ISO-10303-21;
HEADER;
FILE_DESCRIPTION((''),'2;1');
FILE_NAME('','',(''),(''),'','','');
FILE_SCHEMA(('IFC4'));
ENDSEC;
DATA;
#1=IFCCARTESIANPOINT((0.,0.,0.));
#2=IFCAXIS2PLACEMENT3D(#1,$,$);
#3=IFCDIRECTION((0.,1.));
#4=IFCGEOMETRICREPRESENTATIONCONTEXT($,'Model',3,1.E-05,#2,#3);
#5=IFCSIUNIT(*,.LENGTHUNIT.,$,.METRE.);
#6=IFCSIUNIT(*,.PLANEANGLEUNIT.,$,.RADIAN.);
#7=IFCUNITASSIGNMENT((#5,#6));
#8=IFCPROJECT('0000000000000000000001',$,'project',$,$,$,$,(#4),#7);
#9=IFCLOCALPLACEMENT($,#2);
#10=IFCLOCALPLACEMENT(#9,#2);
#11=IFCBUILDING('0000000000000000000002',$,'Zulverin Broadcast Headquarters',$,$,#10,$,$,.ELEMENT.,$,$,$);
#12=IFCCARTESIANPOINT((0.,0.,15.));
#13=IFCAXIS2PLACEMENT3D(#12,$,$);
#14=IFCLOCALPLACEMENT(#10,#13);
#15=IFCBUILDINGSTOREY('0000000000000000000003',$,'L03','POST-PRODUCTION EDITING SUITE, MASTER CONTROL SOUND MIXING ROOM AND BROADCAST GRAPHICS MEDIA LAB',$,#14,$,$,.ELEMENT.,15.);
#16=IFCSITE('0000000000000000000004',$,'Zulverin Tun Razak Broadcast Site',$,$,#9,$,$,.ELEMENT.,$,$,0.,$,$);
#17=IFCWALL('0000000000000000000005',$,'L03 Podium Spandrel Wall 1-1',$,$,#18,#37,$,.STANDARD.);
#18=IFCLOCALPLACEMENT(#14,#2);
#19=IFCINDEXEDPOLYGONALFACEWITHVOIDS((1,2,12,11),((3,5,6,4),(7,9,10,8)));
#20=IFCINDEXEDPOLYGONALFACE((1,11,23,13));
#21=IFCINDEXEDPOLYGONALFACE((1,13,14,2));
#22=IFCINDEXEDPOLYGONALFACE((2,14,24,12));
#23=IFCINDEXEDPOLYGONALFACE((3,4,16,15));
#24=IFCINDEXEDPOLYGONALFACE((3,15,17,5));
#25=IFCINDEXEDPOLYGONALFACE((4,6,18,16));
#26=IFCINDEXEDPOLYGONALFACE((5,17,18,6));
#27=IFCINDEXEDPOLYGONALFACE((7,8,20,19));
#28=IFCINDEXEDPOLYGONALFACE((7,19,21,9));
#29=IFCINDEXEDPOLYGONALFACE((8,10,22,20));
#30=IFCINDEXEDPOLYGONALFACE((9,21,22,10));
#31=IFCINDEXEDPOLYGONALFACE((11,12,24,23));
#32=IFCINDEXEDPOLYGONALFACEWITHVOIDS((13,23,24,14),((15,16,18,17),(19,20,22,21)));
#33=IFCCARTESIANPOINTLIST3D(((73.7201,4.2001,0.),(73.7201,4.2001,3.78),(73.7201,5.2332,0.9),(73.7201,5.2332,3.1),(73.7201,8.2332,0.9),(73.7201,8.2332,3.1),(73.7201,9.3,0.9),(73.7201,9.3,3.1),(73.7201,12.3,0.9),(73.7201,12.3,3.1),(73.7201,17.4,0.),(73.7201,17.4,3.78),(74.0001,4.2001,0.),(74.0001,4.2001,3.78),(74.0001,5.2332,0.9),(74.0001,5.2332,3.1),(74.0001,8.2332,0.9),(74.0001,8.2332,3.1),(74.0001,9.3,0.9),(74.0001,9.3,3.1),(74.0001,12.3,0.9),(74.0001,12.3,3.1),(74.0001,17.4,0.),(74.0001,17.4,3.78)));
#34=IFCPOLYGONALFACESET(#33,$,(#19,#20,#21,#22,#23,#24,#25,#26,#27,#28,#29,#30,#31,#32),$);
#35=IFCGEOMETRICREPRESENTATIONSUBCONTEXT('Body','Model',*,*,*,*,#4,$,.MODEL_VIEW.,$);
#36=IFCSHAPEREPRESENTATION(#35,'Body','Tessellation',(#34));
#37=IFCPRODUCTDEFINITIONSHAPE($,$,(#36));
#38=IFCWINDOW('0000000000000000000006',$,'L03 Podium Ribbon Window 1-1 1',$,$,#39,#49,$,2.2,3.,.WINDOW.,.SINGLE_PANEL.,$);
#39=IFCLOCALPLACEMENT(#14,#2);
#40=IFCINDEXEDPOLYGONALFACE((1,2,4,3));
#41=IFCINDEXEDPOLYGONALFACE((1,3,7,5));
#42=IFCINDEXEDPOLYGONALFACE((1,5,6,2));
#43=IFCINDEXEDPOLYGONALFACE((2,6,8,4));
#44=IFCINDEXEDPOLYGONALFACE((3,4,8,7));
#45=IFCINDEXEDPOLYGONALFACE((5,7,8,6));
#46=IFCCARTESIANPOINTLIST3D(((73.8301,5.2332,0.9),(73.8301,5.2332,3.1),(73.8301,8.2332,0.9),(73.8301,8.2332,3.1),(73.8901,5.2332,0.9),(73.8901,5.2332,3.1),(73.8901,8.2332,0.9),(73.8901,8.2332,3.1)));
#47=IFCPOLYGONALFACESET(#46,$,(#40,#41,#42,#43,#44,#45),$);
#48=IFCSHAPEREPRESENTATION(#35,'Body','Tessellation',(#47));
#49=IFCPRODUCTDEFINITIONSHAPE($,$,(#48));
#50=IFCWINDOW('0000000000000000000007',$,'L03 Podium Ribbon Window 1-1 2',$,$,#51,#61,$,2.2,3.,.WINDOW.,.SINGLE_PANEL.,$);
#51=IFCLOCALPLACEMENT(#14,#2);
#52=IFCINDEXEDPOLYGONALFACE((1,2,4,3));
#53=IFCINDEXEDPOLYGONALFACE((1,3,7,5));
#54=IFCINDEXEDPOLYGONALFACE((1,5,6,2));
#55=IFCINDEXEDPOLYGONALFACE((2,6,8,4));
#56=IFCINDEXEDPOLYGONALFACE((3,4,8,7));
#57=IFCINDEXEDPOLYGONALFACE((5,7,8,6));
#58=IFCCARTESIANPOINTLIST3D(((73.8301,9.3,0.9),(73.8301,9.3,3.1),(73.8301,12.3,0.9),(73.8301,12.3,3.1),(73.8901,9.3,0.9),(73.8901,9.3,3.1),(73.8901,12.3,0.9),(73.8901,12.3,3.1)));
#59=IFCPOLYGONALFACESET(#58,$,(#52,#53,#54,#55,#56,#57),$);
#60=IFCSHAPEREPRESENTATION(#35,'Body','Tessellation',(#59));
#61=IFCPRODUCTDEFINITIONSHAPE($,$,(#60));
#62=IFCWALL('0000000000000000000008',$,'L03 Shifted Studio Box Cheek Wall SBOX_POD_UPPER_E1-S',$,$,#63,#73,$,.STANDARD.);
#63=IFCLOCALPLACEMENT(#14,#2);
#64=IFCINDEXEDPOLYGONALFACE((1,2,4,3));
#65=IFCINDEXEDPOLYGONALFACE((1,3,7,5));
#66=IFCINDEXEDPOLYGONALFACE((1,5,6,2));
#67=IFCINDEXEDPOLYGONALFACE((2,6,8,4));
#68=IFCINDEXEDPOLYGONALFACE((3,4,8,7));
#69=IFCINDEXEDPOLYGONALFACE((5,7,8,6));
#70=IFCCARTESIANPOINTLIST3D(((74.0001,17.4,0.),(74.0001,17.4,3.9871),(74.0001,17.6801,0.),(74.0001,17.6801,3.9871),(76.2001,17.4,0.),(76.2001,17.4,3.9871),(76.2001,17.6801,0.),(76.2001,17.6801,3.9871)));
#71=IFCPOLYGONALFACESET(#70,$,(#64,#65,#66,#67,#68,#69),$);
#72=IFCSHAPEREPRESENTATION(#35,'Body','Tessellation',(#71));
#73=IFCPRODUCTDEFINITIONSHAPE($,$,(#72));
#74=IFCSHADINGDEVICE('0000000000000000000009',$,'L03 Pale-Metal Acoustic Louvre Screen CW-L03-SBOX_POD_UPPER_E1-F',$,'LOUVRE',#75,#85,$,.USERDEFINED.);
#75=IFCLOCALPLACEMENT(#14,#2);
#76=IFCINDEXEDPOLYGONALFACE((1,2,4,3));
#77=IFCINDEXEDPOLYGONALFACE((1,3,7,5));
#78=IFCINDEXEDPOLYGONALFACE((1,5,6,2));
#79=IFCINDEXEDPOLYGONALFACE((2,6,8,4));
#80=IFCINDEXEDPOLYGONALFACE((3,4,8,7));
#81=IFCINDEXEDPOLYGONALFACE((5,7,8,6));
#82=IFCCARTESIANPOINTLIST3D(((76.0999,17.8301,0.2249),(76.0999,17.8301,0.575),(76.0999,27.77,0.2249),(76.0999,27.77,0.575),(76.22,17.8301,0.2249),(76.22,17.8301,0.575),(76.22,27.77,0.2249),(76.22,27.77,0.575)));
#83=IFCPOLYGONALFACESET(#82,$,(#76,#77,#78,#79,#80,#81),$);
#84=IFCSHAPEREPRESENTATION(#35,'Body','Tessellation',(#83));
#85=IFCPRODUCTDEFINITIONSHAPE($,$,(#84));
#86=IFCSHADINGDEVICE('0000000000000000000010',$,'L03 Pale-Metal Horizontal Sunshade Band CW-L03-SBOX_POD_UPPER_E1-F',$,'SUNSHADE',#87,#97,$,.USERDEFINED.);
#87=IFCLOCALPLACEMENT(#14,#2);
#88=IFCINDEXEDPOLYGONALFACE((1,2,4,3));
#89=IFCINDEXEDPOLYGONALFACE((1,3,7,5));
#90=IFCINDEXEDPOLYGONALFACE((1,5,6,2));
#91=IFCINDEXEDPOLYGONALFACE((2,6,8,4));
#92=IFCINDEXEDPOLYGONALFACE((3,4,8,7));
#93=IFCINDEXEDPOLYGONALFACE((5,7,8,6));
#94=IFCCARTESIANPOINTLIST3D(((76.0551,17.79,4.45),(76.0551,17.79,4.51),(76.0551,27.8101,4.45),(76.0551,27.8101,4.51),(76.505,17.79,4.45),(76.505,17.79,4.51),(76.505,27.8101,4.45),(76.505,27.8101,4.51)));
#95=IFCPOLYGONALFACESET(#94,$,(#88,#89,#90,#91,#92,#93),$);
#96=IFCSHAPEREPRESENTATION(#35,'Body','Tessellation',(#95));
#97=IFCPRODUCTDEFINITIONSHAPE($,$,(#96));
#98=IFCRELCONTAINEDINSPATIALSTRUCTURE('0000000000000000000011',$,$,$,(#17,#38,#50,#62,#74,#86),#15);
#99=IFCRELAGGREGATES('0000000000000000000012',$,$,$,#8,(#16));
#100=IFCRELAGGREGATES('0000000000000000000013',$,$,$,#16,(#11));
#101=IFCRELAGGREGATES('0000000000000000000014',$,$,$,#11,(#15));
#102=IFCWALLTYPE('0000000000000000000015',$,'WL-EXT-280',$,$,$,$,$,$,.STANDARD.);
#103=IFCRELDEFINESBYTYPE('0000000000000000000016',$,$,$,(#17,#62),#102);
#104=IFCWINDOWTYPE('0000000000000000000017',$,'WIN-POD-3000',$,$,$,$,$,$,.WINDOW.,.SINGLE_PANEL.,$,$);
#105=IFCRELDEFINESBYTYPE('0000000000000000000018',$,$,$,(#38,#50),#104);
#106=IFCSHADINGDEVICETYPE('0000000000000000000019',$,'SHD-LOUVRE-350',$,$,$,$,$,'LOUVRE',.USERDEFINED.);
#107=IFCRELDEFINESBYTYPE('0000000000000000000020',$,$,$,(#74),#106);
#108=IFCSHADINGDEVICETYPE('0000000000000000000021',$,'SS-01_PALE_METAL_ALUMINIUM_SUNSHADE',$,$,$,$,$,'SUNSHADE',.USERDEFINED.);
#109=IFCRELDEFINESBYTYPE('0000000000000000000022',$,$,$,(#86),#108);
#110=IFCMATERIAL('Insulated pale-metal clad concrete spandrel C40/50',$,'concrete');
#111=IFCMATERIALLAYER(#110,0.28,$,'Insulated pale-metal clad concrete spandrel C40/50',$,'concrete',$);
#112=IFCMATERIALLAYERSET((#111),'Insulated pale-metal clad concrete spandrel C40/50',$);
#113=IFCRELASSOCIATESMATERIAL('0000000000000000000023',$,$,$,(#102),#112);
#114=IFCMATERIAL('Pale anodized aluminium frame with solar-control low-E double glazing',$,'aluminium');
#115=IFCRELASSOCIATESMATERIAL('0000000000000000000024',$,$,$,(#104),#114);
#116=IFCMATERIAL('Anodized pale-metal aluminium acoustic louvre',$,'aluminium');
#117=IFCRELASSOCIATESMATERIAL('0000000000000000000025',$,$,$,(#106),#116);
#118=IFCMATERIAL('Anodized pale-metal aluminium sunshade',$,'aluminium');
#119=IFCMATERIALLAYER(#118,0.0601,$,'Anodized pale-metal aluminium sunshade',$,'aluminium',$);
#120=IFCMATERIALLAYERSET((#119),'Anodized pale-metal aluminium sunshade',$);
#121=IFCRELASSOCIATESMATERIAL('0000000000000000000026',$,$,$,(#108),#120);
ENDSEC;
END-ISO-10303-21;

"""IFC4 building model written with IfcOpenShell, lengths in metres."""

from ifc_helpers import new_model, si_unit, direction, frame, frame_2d, origin, origin_2d, place, context, subcontext, project, spatial, rectangle, extrude, material, layer, layer_set, type_object, element, fill, save


model = new_model("IFC4")

# Units and contexts
model_context = context("Model", 3, precision=1e-05, world=origin(), true_north=direction((0.0, 1.0)))
body_context = subcontext(model_context, "Body", "Model", "MODEL_VIEW")
ifc_project = project(units=[si_unit("LENGTHUNIT", "METRE"), si_unit("PLANEANGLEUNIT", "RADIAN")], contexts=[model_context])

# Site, building, storey
site_placement = place(None, origin())
site = spatial("IfcSite", under=ifc_project, at=site_placement, Name="Zulverin Tun Razak Broadcast Site", CompositionType="ELEMENT", RefElevation=0.0)
building_placement = place(site_placement, origin())
building = spatial("IfcBuilding", under=site, at=building_placement, Name="Zulverin Broadcast Headquarters", CompositionType="ELEMENT")
storey_placement = place(building_placement, frame((0.0, 0.0, 15.0)))
storey = spatial("IfcBuildingStorey", under=building, at=storey_placement, Name="L03", Description="POST-PRODUCTION EDITING SUITE, MASTER CONTROL SOUND MIXING ROOM AND BROADCAST GRAPHICS MEDIA LAB", CompositionType="ELEMENT", Elevation=15.0)

# Wall, openings, windows
ifc_material_1 = material(Name="Insulated pale-metal clad concrete spandrel C40/50", Category="concrete")
ifc_layer_1 = layer(ifc_material_1, 0.28, Name="Insulated pale-metal clad concrete spandrel C40/50", Category="concrete")
ifc_layer_set_1 = layer_set([ifc_layer_1], Name="Insulated pale-metal clad concrete spandrel C40/50")
wall_type = type_object("IfcWallType", Name="WL-EXT-280", PredefinedType="STANDARD", material=ifc_layer_set_1)
wall_1_placement = place(storey_placement, frame((73.8601, 4.2, 0.0), z_axis=(0.0, 0.0, 1.0), x_axis=(0.0, 1.0, 0.0)))
wall_1 = element("IfcWall", 1, at=wall_1_placement, inside=storey, type_object=wall_type, Name="L03 Podium Spandrel Wall 1-1", PredefinedType="STANDARD", context=body_context, shape_type="SweptSolid", body=[
    extrude(rectangle(XDim=13.2, YDim=0.28, at=frame_2d((6.6001, 0.0))), origin(), (0.0, 0.0, 1.0), 3.78),
])
opening_1_placement = place(wall_1_placement, frame((1.0332, 0.0, 0.8999)))
opening_1 = element("IfcOpeningElement", 2, at=opening_1_placement, cuts=wall_1, PredefinedType="OPENING", context=body_context, shape_type="SweptSolid", body=[
    extrude(rectangle(XDim=3.0, YDim=2.2, at=frame_2d((1.5, 1.1001))), frame((0.0, 0.1499, 0.0), z_axis=(0.0, -1.0, 0.0), x_axis=(1.0, 0.0, 0.0)), (0.0, 0.0, 1.0), 0.3),
])
opening_2_placement = place(wall_1_placement, frame((5.1001, 0.0, 0.8999)))
opening_2 = element("IfcOpeningElement", 3, at=opening_2_placement, cuts=wall_1, PredefinedType="OPENING", context=body_context, shape_type="SweptSolid", body=[
    extrude(rectangle(XDim=3.0, YDim=2.2, at=frame_2d((1.5, 1.1001))), frame((0.0, 0.1499, 0.0), z_axis=(0.0, -1.0, 0.0), x_axis=(1.0, 0.0, 0.0)), (0.0, 0.0, 1.0), 0.3),
])
ifc_material_2 = material(Name="Pale anodized aluminium frame with solar-control low-E double glazing", Category="aluminium")
window_type = type_object("IfcWindowType", Name="WIN-POD-3000", PartitioningType="SINGLE_PANEL", PredefinedType="WINDOW", material=ifc_material_2)
window_1_placement = place(opening_1_placement, origin())
window_1 = element("IfcWindow", 4, at=window_1_placement, inside=storey, type_object=window_type, Name="L03 Podium Ribbon Window 1-1 1", OverallHeight=2.2, OverallWidth=3.0, PartitioningType="SINGLE_PANEL", PredefinedType="WINDOW", context=body_context, shape_type="SweptSolid", body=[
    extrude(rectangle(XDim=3.0, YDim=2.2, at=frame_2d((1.5, 1.1001))), frame((0.0, 0.03, 0.0), z_axis=(0.0, -1.0, 0.0), x_axis=(1.0, 0.0, 0.0)), (0.0, 0.0, 1.0), 0.0601),
])
fill(opening_1, window_1)
window_2_placement = place(opening_2_placement, origin())
window_2 = element("IfcWindow", 5, at=window_2_placement, inside=storey, type_object=window_type, Name="L03 Podium Ribbon Window 1-1 2", OverallHeight=2.2, OverallWidth=3.0, PartitioningType="SINGLE_PANEL", PredefinedType="WINDOW", context=body_context, shape_type="SweptSolid", body=[
    extrude(rectangle(XDim=3.0, YDim=2.2, at=frame_2d((1.5, 1.1001))), frame((0.0, 0.03, 0.0), z_axis=(0.0, -1.0, 0.0), x_axis=(1.0, 0.0, 0.0)), (0.0, 0.0, 1.0), 0.0601),
])
fill(opening_2, window_2)

# Wall
wall_2_placement = place(storey_placement, frame((74.0, 17.54, 0.0), z_axis=(0.0, 0.0, 1.0), x_axis=(1.0, 0.0, 0.0)))
element("IfcWall", 6, at=wall_2_placement, inside=storey, type_object=wall_type, Name="L03 Shifted Studio Box Cheek Wall SBOX_POD_UPPER_E1-S", PredefinedType="STANDARD", context=body_context, shape_type="SweptSolid", body=[
    extrude(rectangle(XDim=2.2, YDim=0.28, at=frame_2d((1.1001, 0.0))), origin(), (0.0, 0.0, 1.0), 3.9871),
])

# Shading devices
ifc_material_3 = material(Name="Anodized pale-metal aluminium acoustic louvre", Category="aluminium")
shading_device_type_1 = type_object("IfcShadingDeviceType", Name="SHD-LOUVRE-350", ElementType="LOUVRE", PredefinedType="USERDEFINED", material=ifc_material_3)
shading_device_1_placement = place(storey_placement, frame((76.1599, 22.8, 0.2249), z_axis=(0.0, 0.0, 1.0), x_axis=(0.0, 1.0, 0.0)))
element("IfcShadingDevice", 7, at=shading_device_1_placement, inside=storey, type_object=shading_device_type_1, Name="L03 Pale-Metal Acoustic Louvre Screen CW-L03-SBOX_POD_UPPER_E1-F", ObjectType="LOUVRE", PredefinedType="USERDEFINED", context=body_context, shape_type="SweptSolid", body=[
    extrude(rectangle(XDim=9.9399, YDim=0.1201, at=origin_2d()), origin(), (0.0, 0.0, 1.0), 0.3501),
])
ifc_material_4 = material(Name="Anodized pale-metal aluminium sunshade", Category="aluminium")
ifc_layer_2 = layer(ifc_material_4, 0.0601, Name="Anodized pale-metal aluminium sunshade", Category="aluminium")
ifc_layer_set_2 = layer_set([ifc_layer_2], Name="Anodized pale-metal aluminium sunshade")
shading_device_type_2 = type_object("IfcShadingDeviceType", Name="SS-01_PALE_METAL_ALUMINIUM_SUNSHADE", ElementType="SUNSHADE", PredefinedType="USERDEFINED", material=ifc_layer_set_2)
shading_device_2_placement = place(storey_placement, frame((76.28, 22.8, 4.45), z_axis=(0.0, 0.0, 1.0), x_axis=(0.0, 1.0, 0.0)))
element("IfcShadingDevice", 8, at=shading_device_2_placement, inside=storey, type_object=shading_device_type_2, Name="L03 Pale-Metal Horizontal Sunshade Band CW-L03-SBOX_POD_UPPER_E1-F", ObjectType="SUNSHADE", PredefinedType="USERDEFINED", context=body_context, shape_type="SweptSolid", body=[
    extrude(rectangle(XDim=10.02, YDim=0.45, at=origin_2d()), origin(), (0.0, 0.0, 1.0), 0.0601),
])

save(model, "model.ifc")
